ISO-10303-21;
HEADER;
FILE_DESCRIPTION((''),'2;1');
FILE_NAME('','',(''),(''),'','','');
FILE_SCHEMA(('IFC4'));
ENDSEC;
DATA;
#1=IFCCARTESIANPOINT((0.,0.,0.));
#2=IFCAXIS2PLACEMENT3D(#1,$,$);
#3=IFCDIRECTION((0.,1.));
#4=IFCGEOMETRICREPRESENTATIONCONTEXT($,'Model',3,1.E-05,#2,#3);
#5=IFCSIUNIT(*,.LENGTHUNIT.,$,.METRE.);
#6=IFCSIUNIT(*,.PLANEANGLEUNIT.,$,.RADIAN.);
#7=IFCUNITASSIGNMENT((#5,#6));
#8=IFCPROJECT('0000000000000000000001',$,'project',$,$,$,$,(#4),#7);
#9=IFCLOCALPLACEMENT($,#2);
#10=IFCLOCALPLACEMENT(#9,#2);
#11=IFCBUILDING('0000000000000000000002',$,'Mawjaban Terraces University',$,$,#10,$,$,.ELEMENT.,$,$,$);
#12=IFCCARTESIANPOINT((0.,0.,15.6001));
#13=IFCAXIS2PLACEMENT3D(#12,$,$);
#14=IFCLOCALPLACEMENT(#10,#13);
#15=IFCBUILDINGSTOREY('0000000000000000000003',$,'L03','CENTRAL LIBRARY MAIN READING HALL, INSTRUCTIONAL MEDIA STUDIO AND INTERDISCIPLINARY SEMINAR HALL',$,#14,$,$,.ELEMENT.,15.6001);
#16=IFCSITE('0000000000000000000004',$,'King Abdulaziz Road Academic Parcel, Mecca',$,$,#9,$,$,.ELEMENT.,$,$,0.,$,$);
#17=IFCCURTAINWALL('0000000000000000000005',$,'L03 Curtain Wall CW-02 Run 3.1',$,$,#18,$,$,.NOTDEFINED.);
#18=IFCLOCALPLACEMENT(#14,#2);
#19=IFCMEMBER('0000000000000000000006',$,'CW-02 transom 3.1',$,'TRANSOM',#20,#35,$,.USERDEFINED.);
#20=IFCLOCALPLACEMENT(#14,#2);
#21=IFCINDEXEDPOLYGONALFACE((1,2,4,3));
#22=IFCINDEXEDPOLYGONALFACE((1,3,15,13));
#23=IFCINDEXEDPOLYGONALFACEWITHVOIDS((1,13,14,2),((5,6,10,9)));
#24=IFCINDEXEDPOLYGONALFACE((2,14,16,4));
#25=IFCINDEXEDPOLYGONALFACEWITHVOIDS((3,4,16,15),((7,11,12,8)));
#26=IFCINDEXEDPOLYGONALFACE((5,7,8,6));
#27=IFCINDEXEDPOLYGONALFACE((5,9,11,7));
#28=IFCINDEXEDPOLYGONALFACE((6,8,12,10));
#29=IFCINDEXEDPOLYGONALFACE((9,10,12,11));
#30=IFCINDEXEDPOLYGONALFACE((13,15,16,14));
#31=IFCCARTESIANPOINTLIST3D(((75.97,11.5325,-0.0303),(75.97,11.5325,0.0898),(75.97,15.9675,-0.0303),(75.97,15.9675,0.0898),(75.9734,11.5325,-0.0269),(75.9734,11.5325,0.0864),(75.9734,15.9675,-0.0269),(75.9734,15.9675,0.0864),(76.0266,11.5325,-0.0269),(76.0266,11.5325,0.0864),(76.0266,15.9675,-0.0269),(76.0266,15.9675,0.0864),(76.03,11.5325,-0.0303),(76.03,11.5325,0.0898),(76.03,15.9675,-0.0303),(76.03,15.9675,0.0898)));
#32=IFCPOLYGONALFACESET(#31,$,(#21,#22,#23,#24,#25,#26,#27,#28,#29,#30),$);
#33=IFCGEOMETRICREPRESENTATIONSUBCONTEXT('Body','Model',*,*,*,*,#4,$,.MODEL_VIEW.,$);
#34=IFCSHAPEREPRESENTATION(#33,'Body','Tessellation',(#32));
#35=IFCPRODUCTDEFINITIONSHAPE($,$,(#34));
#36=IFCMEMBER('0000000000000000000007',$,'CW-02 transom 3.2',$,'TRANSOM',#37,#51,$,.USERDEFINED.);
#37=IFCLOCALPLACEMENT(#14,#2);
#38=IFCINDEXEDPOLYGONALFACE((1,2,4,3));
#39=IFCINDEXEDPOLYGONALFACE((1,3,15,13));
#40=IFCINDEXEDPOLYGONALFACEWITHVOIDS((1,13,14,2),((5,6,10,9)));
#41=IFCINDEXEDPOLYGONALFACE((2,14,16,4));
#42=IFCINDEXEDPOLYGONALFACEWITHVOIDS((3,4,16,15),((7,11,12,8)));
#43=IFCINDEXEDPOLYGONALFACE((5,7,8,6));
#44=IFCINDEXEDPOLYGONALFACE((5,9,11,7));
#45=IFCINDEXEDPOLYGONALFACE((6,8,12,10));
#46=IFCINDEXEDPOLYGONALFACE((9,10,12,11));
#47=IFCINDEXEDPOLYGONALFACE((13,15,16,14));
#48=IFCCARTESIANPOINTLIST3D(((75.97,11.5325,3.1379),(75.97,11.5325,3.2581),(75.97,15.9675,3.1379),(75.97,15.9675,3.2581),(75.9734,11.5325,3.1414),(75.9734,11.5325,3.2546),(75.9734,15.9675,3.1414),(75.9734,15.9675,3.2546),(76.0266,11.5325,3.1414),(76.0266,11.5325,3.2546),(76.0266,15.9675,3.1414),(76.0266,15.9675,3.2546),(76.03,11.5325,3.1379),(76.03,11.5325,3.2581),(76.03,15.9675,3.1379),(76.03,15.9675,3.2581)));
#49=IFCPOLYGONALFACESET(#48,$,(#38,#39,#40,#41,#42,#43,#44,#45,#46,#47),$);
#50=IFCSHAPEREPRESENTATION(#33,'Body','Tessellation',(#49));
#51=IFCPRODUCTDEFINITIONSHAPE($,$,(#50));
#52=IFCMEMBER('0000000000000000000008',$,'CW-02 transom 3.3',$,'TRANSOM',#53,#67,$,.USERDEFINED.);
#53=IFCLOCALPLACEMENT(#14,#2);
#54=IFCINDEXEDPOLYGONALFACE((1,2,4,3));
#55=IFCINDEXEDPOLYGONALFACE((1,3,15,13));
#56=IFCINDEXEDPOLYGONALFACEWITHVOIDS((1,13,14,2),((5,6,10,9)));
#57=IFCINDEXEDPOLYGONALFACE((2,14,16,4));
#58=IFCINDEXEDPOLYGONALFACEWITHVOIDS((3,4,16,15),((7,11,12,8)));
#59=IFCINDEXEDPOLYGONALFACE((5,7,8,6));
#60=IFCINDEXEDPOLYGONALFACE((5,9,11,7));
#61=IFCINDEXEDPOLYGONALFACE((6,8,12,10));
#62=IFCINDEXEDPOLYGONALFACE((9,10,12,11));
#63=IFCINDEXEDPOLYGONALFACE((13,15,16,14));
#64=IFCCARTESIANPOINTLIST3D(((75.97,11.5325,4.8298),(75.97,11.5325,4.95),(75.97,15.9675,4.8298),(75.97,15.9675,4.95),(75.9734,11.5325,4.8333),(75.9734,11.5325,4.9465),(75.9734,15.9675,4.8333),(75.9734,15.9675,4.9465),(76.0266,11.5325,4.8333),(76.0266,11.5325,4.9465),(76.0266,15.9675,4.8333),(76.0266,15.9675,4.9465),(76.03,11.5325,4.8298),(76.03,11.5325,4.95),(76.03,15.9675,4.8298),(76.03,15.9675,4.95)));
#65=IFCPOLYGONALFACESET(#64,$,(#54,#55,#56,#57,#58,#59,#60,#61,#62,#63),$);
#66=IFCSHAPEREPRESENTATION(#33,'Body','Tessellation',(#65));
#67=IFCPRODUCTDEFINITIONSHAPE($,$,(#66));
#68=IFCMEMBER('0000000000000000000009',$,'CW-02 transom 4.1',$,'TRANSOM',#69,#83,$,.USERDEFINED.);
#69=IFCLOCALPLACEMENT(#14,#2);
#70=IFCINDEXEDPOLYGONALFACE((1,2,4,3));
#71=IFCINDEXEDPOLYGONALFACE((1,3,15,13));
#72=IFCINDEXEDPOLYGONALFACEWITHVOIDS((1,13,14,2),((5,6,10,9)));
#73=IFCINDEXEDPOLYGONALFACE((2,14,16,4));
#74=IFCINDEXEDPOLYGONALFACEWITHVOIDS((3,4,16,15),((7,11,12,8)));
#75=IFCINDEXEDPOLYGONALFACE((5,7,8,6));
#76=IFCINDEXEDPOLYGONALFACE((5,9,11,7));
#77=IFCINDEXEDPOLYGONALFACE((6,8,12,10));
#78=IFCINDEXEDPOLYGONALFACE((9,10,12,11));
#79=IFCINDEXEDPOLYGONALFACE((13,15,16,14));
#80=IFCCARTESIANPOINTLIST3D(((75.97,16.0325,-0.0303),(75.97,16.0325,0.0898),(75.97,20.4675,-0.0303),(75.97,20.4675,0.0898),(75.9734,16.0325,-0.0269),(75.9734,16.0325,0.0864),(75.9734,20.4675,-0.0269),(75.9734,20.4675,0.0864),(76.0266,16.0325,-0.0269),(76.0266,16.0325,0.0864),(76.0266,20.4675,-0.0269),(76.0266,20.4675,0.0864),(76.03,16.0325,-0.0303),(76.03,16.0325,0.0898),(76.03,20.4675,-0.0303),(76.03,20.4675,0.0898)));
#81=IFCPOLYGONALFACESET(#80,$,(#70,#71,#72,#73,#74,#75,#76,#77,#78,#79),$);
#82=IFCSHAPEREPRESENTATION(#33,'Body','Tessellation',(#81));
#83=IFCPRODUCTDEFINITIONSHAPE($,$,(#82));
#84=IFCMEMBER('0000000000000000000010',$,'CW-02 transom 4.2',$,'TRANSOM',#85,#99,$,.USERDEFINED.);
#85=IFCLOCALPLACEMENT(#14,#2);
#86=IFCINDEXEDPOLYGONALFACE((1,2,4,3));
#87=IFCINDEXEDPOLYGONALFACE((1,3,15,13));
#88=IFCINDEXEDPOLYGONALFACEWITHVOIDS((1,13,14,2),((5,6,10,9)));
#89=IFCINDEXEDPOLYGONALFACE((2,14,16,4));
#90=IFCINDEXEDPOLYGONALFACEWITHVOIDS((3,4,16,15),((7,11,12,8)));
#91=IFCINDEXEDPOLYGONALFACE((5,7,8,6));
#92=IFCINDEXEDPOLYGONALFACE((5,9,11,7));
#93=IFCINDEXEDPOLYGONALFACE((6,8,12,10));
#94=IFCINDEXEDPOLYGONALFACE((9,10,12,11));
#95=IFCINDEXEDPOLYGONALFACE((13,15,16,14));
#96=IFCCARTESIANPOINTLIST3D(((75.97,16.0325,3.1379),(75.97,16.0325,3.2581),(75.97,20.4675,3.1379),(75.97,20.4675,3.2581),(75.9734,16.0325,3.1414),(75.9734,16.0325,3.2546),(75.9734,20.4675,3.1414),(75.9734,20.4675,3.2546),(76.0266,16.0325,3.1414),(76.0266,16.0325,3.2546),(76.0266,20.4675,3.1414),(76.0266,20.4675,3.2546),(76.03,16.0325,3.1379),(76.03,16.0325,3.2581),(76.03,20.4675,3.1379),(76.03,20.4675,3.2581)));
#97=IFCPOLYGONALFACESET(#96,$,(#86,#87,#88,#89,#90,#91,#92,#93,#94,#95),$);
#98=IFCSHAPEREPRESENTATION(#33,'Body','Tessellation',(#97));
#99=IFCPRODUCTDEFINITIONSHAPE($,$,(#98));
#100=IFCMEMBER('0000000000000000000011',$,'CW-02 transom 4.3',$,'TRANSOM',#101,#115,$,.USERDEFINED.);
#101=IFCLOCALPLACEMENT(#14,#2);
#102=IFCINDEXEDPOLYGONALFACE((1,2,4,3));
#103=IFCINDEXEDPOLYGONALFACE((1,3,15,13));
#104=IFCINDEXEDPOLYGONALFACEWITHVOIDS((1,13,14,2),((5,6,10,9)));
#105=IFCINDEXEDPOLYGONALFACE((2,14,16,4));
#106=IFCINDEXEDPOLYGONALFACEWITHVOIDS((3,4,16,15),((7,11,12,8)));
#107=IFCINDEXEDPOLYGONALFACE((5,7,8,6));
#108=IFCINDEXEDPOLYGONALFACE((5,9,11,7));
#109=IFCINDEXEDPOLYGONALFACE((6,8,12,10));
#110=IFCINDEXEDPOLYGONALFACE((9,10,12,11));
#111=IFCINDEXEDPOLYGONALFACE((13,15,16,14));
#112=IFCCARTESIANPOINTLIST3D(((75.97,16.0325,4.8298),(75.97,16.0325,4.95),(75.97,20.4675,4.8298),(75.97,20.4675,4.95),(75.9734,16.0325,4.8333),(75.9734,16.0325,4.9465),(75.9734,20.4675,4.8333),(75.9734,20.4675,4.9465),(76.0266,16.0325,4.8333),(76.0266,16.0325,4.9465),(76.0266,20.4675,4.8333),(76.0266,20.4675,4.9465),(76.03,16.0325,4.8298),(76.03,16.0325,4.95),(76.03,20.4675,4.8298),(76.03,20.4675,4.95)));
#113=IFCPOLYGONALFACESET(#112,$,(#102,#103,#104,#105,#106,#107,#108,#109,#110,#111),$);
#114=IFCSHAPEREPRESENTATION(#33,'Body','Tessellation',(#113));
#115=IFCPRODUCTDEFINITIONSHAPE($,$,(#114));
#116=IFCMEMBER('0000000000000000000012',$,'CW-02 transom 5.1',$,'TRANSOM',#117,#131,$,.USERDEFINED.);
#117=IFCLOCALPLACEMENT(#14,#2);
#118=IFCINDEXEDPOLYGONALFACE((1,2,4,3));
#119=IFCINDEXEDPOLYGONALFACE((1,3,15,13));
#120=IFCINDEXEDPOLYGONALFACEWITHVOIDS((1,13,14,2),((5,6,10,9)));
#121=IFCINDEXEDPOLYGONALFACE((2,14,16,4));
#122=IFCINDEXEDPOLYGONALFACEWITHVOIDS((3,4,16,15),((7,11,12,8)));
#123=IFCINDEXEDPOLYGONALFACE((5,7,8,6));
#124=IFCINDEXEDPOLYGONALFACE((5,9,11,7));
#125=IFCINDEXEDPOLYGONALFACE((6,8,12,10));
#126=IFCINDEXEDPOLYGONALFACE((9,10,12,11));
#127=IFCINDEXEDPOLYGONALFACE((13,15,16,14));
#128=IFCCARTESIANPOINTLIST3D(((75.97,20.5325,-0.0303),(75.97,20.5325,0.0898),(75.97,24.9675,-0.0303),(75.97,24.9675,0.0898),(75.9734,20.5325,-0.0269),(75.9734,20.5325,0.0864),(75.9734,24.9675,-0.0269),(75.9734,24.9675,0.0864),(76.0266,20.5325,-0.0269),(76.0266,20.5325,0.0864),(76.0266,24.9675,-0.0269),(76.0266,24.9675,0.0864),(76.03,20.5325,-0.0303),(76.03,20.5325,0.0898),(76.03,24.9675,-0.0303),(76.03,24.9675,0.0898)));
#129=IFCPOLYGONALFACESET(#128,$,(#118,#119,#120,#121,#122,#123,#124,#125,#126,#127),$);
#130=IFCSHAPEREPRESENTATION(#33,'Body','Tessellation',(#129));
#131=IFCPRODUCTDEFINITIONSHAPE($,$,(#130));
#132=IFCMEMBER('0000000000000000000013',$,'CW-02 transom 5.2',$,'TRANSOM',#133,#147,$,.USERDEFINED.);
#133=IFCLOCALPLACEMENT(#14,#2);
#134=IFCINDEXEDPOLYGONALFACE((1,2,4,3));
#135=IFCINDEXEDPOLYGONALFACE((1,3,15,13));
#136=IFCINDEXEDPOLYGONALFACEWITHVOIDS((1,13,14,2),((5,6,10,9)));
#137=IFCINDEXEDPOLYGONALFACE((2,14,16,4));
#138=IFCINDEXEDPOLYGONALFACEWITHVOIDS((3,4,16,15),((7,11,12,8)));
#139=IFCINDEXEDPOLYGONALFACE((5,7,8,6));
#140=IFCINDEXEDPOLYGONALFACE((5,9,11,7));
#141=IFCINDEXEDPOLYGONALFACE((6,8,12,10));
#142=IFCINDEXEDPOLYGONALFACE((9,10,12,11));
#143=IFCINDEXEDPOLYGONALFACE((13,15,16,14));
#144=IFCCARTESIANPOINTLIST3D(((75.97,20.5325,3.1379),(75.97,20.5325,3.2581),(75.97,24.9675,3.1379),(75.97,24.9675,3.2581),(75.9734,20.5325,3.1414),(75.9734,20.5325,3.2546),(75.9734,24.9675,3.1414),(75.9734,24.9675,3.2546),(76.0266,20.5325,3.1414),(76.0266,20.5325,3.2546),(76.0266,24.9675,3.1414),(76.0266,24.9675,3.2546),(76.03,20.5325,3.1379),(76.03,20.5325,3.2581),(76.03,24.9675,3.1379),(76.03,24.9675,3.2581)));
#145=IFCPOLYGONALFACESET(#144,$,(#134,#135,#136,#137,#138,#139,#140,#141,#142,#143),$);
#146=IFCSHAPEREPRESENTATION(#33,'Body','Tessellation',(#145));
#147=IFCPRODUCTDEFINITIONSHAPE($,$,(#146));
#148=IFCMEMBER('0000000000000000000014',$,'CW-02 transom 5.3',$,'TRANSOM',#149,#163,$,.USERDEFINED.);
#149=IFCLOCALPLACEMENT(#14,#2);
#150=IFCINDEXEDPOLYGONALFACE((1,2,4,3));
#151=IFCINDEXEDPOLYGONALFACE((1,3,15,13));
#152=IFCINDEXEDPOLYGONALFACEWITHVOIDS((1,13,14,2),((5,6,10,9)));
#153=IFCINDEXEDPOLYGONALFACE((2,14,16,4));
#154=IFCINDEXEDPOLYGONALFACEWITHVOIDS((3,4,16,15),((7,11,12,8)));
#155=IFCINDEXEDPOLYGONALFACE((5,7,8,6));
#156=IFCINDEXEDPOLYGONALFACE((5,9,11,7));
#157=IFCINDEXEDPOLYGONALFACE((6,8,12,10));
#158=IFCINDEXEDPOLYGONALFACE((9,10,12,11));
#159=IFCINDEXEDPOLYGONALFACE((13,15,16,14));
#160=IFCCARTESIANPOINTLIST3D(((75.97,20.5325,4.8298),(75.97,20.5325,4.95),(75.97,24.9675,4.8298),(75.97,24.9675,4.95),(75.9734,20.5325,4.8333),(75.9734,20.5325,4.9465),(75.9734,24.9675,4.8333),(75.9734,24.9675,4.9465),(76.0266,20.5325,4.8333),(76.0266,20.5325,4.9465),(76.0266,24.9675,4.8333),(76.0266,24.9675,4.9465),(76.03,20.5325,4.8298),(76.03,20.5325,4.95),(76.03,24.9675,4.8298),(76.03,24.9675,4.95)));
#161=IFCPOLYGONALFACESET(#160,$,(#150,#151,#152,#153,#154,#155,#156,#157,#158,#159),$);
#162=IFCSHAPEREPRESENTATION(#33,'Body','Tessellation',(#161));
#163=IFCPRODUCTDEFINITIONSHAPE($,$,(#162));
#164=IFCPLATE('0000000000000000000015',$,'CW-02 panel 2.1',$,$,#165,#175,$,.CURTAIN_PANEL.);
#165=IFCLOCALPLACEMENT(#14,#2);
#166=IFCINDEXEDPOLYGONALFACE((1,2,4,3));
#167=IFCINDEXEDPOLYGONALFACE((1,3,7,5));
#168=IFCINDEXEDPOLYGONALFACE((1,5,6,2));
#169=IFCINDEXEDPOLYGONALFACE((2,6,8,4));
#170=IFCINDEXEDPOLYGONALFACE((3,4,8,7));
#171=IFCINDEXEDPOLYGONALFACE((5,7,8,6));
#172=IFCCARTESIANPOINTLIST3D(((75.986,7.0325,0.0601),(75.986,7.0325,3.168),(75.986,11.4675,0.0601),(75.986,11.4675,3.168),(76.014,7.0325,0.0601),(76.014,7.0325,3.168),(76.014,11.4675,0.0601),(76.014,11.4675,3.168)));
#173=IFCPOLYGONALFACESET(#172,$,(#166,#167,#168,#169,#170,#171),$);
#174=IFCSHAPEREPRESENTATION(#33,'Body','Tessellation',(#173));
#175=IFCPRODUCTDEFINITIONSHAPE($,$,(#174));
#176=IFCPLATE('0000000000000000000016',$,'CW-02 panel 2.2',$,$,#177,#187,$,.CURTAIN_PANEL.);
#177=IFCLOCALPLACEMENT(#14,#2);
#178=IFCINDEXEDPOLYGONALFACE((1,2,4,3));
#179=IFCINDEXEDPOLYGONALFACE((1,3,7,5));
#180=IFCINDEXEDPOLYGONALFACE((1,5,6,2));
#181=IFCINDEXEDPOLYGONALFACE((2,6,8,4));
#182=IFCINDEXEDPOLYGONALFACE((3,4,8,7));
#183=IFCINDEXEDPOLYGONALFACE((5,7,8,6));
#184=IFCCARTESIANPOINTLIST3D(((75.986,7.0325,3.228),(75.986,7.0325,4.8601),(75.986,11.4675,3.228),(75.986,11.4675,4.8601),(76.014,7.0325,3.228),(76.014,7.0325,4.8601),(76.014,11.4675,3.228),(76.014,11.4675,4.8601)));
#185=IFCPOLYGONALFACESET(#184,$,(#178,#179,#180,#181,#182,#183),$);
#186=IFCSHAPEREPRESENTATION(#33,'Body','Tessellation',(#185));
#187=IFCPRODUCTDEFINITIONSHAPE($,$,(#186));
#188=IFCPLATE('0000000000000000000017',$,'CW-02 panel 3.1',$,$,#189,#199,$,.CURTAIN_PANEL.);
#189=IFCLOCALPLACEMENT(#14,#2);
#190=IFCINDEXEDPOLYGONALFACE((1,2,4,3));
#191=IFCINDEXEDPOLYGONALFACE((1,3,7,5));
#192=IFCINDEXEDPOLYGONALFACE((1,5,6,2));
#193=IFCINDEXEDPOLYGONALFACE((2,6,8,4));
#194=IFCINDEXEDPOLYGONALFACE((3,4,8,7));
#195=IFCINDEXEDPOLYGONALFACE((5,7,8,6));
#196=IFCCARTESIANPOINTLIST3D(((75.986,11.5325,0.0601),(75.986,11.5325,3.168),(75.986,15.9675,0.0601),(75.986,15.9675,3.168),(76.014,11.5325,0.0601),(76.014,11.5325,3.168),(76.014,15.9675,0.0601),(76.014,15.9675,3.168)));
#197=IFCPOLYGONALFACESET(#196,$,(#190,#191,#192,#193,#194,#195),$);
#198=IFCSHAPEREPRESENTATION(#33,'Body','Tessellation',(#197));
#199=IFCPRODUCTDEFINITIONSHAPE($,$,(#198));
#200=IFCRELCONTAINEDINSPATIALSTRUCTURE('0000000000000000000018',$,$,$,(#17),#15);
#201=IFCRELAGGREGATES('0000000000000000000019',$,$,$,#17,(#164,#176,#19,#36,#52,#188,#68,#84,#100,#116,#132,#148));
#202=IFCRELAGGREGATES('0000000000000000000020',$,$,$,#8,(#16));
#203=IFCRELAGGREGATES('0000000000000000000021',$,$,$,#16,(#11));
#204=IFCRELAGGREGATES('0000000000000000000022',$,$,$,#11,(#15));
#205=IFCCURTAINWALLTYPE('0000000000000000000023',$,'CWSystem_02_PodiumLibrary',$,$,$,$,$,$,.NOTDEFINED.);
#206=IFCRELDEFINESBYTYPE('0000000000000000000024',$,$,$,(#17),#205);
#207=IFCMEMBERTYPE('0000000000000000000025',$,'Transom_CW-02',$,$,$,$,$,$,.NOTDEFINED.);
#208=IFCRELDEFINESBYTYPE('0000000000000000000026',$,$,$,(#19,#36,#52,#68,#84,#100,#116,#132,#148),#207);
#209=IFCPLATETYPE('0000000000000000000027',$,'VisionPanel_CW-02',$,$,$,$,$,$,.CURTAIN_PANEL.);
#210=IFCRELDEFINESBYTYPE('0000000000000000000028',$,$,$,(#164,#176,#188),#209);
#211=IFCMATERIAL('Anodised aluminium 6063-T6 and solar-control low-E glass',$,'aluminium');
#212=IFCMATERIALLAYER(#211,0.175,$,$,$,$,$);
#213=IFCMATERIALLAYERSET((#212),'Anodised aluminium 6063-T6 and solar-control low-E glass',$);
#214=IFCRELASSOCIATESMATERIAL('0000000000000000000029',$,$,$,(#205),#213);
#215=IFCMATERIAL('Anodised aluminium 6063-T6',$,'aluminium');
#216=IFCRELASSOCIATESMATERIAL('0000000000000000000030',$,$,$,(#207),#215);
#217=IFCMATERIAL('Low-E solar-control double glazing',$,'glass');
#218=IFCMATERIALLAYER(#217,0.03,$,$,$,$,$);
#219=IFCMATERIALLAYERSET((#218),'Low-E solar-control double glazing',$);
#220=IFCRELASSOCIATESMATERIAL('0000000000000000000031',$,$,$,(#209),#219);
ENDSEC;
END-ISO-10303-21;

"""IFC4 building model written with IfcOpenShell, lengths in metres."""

from ifc_helpers import new_model, si_unit, direction, frame, origin, origin_2d, place, context, subcontext, project, spatial, rectangle, hollow_rectangle, extrude, material, layer, layer_set, material_profile, profile_set, type_object, element, aggregate, save


model = new_model("IFC4")

# Units and contexts
model_context = context("Model", 3, precision=1e-05, world=origin(), true_north=direction((0.0, 1.0)))
body_context = subcontext(model_context, "Body", "Model", "MODEL_VIEW")
ifc_project = project(units=[si_unit("LENGTHUNIT", "METRE"), si_unit("PLANEANGLEUNIT", "RADIAN")], contexts=[model_context])

# Site, building, storey
site_placement = place(None, origin())
site = spatial("IfcSite", under=ifc_project, at=site_placement, Name="King Abdulaziz Road Academic Parcel, Mecca", CompositionType="ELEMENT", RefElevation=0.0)
building_placement = place(site_placement, origin())
building = spatial("IfcBuilding", under=site, at=building_placement, Name="Mawjaban Terraces University", CompositionType="ELEMENT")
storey_placement = place(building_placement, frame((0.0, 0.0, 15.6001)))
storey = spatial("IfcBuildingStorey", under=building, at=storey_placement, Name="L03", Description="CENTRAL LIBRARY MAIN READING HALL, INSTRUCTIONAL MEDIA STUDIO AND INTERDISCIPLINARY SEMINAR HALL", CompositionType="ELEMENT", Elevation=15.6001)

# Curtain wall, members, plates
ifc_material_1 = material(Name="Anodised aluminium 6063-T6 and solar-control low-E glass", Category="aluminium")
ifc_layer_1 = layer(ifc_material_1, 0.175)
ifc_layer_set_1 = layer_set([ifc_layer_1], Name="Anodised aluminium 6063-T6 and solar-control low-E glass")
curtain_wall_type = type_object("IfcCurtainWallType", Name="CWSystem_02_PodiumLibrary", PredefinedType="NOTDEFINED", material=ifc_layer_set_1)
curtain_wall_placement = place(storey_placement, origin())
curtain_wall = element("IfcCurtainWall", 1, at=curtain_wall_placement, inside=storey, type_object=curtain_wall_type, Name="L03 Curtain Wall CW-02 Run 3.1", PredefinedType="NOTDEFINED")
ifc_material_2 = material(Name="Anodised aluminium 6063-T6", Category="aluminium")
ifc_material_profile_1 = material_profile(ifc_material_2, hollow_rectangle(XDim=0.0601, YDim=0.1201, WallThickness=0.0034, at=origin_2d()), Name="ALU120X60X3.5")
ifc_profile_set_1 = profile_set([ifc_material_profile_1], Name="Anodised aluminium 6063-T6")
member_type_1 = type_object("IfcMemberType", Name="Transom_CW-02", PredefinedType="NOTDEFINED", material=ifc_profile_set_1)
member_1_placement = place(storey_placement, frame((76.0, 11.5325, 0.0298), z_axis=(0.0, 1.0, 0.0), x_axis=(-1.0, 0.0, 0.0)))
member_1 = element("IfcMember", 2, at=member_1_placement, type_object=member_type_1, Name="CW-02 transom 3.1", ObjectType="TRANSOM", PredefinedType="USERDEFINED", context=body_context, shape_type="SweptSolid", body=[
    extrude(hollow_rectangle(XDim=0.0601, YDim=0.1201, WallThickness=0.0034, at=origin_2d()), origin(), (0.0, 0.0, 1.0), 4.4351),
])
member_2_placement = place(storey_placement, frame((76.0, 11.5325, 3.198), z_axis=(0.0, 1.0, 0.0), x_axis=(-1.0, 0.0, 0.0)))
member_2 = element("IfcMember", 3, at=member_2_placement, type_object=member_type_1, Name="CW-02 transom 3.2", ObjectType="TRANSOM", PredefinedType="USERDEFINED", context=body_context, shape_type="SweptSolid", body=[
    extrude(hollow_rectangle(XDim=0.0601, YDim=0.1201, WallThickness=0.0034, at=origin_2d()), origin(), (0.0, 0.0, 1.0), 4.4351),
])
member_3_placement = place(storey_placement, frame((76.0, 11.5325, 4.8899), z_axis=(0.0, 1.0, 0.0), x_axis=(-1.0, 0.0, 0.0)))
member_3 = element("IfcMember", 4, at=member_3_placement, type_object=member_type_1, Name="CW-02 transom 3.3", ObjectType="TRANSOM", PredefinedType="USERDEFINED", context=body_context, shape_type="SweptSolid", body=[
    extrude(hollow_rectangle(XDim=0.0601, YDim=0.1201, WallThickness=0.0034, at=origin_2d()), origin(), (0.0, 0.0, 1.0), 4.4351),
])
member_4_placement = place(storey_placement, frame((76.0, 16.0325, 0.0298), z_axis=(0.0, 1.0, 0.0), x_axis=(-1.0, 0.0, 0.0)))
member_4 = element("IfcMember", 5, at=member_4_placement, type_object=member_type_1, Name="CW-02 transom 4.1", ObjectType="TRANSOM", PredefinedType="USERDEFINED", context=body_context, shape_type="SweptSolid", body=[
    extrude(hollow_rectangle(XDim=0.0601, YDim=0.1201, WallThickness=0.0034, at=origin_2d()), origin(), (0.0, 0.0, 1.0), 4.4351),
])
member_5_placement = place(storey_placement, frame((76.0, 16.0325, 3.198), z_axis=(0.0, 1.0, 0.0), x_axis=(-1.0, 0.0, 0.0)))
member_5 = element("IfcMember", 6, at=member_5_placement, type_object=member_type_1, Name="CW-02 transom 4.2", ObjectType="TRANSOM", PredefinedType="USERDEFINED", context=body_context, shape_type="SweptSolid", body=[
    extrude(hollow_rectangle(XDim=0.0601, YDim=0.1201, WallThickness=0.0034, at=origin_2d()), origin(), (0.0, 0.0, 1.0), 4.4351),
])
member_6_placement = place(storey_placement, frame((76.0, 16.0325, 4.8899), z_axis=(0.0, 1.0, 0.0), x_axis=(-1.0, 0.0, 0.0)))
member_6 = element("IfcMember", 7, at=member_6_placement, type_object=member_type_1, Name="CW-02 transom 4.3", ObjectType="TRANSOM", PredefinedType="USERDEFINED", context=body_context, shape_type="SweptSolid", body=[
    extrude(hollow_rectangle(XDim=0.0601, YDim=0.1201, WallThickness=0.0034, at=origin_2d()), origin(), (0.0, 0.0, 1.0), 4.4351),
])
member_7_placement = place(storey_placement, frame((76.0, 20.5325, 0.0298), z_axis=(0.0, 1.0, 0.0), x_axis=(-1.0, 0.0, 0.0)))
member_7 = element("IfcMember", 8, at=member_7_placement, type_object=member_type_1, Name="CW-02 transom 5.1", ObjectType="TRANSOM", PredefinedType="USERDEFINED", context=body_context, shape_type="SweptSolid", body=[
    extrude(hollow_rectangle(XDim=0.0601, YDim=0.1201, WallThickness=0.0034, at=origin_2d()), origin(), (0.0, 0.0, 1.0), 4.4351),
])
member_8_placement = place(storey_placement, frame((76.0, 20.5325, 3.198), z_axis=(0.0, 1.0, 0.0), x_axis=(-1.0, 0.0, 0.0)))
member_8 = element("IfcMember", 9, at=member_8_placement, type_object=member_type_1, Name="CW-02 transom 5.2", ObjectType="TRANSOM", PredefinedType="USERDEFINED", context=body_context, shape_type="SweptSolid", body=[
    extrude(hollow_rectangle(XDim=0.0601, YDim=0.1201, WallThickness=0.0034, at=origin_2d()), origin(), (0.0, 0.0, 1.0), 4.4351),
])
member_9_placement = place(storey_placement, frame((76.0, 20.5325, 4.8899), z_axis=(0.0, 1.0, 0.0), x_axis=(-1.0, 0.0, 0.0)))
member_9 = element("IfcMember", 10, at=member_9_placement, type_object=member_type_1, Name="CW-02 transom 5.3", ObjectType="TRANSOM", PredefinedType="USERDEFINED", context=body_context, shape_type="SweptSolid", body=[
    extrude(hollow_rectangle(XDim=0.0601, YDim=0.1201, WallThickness=0.0034, at=origin_2d()), origin(), (0.0, 0.0, 1.0), 4.4351),
])
ifc_material_3 = material(Name="Low-E solar-control double glazing", Category="glass")
ifc_layer_2 = layer(ifc_material_3, 0.03)
ifc_layer_set_2 = layer_set([ifc_layer_2], Name="Low-E solar-control double glazing")
plate_type = type_object("IfcPlateType", Name="VisionPanel_CW-02", PredefinedType="CURTAIN_PANEL", material=ifc_layer_set_2)
plate_1_placement = place(storey_placement, frame((76.0, 9.25, 0.0601), z_axis=(0.0, 0.0, 1.0), x_axis=(0.0, 1.0, 0.0)))
plate_1 = element("IfcPlate", 11, at=plate_1_placement, type_object=plate_type, Name="CW-02 panel 2.1", PredefinedType="CURTAIN_PANEL", context=body_context, shape_type="SweptSolid", body=[
    extrude(rectangle(XDim=4.4351, YDim=0.0281, at=origin_2d()), origin(), (0.0, 0.0, 1.0), 3.1079),
])
plate_2_placement = place(storey_placement, frame((76.0, 9.25, 3.228), z_axis=(0.0, 0.0, 1.0), x_axis=(0.0, 1.0, 0.0)))
plate_2 = element("IfcPlate", 12, at=plate_2_placement, type_object=plate_type, Name="CW-02 panel 2.2", PredefinedType="CURTAIN_PANEL", context=body_context, shape_type="SweptSolid", body=[
    extrude(rectangle(XDim=4.4351, YDim=0.0281, at=origin_2d()), origin(), (0.0, 0.0, 1.0), 1.6321),
])
plate_3_placement = place(storey_placement, frame((76.0, 13.75, 0.0601), z_axis=(0.0, 0.0, 1.0), x_axis=(0.0, 1.0, 0.0)))
plate_3 = element("IfcPlate", 13, at=plate_3_placement, type_object=plate_type, Name="CW-02 panel 3.1", PredefinedType="CURTAIN_PANEL", context=body_context, shape_type="SweptSolid", body=[
    extrude(rectangle(XDim=4.4351, YDim=0.0281, at=origin_2d()), origin(), (0.0, 0.0, 1.0), 3.1079),
])
aggregate(curtain_wall, [plate_1, plate_2, member_1, member_2, member_3, plate_3, member_4, member_5, member_6, member_7, member_8, member_9])

save(model, "model.ifc")
